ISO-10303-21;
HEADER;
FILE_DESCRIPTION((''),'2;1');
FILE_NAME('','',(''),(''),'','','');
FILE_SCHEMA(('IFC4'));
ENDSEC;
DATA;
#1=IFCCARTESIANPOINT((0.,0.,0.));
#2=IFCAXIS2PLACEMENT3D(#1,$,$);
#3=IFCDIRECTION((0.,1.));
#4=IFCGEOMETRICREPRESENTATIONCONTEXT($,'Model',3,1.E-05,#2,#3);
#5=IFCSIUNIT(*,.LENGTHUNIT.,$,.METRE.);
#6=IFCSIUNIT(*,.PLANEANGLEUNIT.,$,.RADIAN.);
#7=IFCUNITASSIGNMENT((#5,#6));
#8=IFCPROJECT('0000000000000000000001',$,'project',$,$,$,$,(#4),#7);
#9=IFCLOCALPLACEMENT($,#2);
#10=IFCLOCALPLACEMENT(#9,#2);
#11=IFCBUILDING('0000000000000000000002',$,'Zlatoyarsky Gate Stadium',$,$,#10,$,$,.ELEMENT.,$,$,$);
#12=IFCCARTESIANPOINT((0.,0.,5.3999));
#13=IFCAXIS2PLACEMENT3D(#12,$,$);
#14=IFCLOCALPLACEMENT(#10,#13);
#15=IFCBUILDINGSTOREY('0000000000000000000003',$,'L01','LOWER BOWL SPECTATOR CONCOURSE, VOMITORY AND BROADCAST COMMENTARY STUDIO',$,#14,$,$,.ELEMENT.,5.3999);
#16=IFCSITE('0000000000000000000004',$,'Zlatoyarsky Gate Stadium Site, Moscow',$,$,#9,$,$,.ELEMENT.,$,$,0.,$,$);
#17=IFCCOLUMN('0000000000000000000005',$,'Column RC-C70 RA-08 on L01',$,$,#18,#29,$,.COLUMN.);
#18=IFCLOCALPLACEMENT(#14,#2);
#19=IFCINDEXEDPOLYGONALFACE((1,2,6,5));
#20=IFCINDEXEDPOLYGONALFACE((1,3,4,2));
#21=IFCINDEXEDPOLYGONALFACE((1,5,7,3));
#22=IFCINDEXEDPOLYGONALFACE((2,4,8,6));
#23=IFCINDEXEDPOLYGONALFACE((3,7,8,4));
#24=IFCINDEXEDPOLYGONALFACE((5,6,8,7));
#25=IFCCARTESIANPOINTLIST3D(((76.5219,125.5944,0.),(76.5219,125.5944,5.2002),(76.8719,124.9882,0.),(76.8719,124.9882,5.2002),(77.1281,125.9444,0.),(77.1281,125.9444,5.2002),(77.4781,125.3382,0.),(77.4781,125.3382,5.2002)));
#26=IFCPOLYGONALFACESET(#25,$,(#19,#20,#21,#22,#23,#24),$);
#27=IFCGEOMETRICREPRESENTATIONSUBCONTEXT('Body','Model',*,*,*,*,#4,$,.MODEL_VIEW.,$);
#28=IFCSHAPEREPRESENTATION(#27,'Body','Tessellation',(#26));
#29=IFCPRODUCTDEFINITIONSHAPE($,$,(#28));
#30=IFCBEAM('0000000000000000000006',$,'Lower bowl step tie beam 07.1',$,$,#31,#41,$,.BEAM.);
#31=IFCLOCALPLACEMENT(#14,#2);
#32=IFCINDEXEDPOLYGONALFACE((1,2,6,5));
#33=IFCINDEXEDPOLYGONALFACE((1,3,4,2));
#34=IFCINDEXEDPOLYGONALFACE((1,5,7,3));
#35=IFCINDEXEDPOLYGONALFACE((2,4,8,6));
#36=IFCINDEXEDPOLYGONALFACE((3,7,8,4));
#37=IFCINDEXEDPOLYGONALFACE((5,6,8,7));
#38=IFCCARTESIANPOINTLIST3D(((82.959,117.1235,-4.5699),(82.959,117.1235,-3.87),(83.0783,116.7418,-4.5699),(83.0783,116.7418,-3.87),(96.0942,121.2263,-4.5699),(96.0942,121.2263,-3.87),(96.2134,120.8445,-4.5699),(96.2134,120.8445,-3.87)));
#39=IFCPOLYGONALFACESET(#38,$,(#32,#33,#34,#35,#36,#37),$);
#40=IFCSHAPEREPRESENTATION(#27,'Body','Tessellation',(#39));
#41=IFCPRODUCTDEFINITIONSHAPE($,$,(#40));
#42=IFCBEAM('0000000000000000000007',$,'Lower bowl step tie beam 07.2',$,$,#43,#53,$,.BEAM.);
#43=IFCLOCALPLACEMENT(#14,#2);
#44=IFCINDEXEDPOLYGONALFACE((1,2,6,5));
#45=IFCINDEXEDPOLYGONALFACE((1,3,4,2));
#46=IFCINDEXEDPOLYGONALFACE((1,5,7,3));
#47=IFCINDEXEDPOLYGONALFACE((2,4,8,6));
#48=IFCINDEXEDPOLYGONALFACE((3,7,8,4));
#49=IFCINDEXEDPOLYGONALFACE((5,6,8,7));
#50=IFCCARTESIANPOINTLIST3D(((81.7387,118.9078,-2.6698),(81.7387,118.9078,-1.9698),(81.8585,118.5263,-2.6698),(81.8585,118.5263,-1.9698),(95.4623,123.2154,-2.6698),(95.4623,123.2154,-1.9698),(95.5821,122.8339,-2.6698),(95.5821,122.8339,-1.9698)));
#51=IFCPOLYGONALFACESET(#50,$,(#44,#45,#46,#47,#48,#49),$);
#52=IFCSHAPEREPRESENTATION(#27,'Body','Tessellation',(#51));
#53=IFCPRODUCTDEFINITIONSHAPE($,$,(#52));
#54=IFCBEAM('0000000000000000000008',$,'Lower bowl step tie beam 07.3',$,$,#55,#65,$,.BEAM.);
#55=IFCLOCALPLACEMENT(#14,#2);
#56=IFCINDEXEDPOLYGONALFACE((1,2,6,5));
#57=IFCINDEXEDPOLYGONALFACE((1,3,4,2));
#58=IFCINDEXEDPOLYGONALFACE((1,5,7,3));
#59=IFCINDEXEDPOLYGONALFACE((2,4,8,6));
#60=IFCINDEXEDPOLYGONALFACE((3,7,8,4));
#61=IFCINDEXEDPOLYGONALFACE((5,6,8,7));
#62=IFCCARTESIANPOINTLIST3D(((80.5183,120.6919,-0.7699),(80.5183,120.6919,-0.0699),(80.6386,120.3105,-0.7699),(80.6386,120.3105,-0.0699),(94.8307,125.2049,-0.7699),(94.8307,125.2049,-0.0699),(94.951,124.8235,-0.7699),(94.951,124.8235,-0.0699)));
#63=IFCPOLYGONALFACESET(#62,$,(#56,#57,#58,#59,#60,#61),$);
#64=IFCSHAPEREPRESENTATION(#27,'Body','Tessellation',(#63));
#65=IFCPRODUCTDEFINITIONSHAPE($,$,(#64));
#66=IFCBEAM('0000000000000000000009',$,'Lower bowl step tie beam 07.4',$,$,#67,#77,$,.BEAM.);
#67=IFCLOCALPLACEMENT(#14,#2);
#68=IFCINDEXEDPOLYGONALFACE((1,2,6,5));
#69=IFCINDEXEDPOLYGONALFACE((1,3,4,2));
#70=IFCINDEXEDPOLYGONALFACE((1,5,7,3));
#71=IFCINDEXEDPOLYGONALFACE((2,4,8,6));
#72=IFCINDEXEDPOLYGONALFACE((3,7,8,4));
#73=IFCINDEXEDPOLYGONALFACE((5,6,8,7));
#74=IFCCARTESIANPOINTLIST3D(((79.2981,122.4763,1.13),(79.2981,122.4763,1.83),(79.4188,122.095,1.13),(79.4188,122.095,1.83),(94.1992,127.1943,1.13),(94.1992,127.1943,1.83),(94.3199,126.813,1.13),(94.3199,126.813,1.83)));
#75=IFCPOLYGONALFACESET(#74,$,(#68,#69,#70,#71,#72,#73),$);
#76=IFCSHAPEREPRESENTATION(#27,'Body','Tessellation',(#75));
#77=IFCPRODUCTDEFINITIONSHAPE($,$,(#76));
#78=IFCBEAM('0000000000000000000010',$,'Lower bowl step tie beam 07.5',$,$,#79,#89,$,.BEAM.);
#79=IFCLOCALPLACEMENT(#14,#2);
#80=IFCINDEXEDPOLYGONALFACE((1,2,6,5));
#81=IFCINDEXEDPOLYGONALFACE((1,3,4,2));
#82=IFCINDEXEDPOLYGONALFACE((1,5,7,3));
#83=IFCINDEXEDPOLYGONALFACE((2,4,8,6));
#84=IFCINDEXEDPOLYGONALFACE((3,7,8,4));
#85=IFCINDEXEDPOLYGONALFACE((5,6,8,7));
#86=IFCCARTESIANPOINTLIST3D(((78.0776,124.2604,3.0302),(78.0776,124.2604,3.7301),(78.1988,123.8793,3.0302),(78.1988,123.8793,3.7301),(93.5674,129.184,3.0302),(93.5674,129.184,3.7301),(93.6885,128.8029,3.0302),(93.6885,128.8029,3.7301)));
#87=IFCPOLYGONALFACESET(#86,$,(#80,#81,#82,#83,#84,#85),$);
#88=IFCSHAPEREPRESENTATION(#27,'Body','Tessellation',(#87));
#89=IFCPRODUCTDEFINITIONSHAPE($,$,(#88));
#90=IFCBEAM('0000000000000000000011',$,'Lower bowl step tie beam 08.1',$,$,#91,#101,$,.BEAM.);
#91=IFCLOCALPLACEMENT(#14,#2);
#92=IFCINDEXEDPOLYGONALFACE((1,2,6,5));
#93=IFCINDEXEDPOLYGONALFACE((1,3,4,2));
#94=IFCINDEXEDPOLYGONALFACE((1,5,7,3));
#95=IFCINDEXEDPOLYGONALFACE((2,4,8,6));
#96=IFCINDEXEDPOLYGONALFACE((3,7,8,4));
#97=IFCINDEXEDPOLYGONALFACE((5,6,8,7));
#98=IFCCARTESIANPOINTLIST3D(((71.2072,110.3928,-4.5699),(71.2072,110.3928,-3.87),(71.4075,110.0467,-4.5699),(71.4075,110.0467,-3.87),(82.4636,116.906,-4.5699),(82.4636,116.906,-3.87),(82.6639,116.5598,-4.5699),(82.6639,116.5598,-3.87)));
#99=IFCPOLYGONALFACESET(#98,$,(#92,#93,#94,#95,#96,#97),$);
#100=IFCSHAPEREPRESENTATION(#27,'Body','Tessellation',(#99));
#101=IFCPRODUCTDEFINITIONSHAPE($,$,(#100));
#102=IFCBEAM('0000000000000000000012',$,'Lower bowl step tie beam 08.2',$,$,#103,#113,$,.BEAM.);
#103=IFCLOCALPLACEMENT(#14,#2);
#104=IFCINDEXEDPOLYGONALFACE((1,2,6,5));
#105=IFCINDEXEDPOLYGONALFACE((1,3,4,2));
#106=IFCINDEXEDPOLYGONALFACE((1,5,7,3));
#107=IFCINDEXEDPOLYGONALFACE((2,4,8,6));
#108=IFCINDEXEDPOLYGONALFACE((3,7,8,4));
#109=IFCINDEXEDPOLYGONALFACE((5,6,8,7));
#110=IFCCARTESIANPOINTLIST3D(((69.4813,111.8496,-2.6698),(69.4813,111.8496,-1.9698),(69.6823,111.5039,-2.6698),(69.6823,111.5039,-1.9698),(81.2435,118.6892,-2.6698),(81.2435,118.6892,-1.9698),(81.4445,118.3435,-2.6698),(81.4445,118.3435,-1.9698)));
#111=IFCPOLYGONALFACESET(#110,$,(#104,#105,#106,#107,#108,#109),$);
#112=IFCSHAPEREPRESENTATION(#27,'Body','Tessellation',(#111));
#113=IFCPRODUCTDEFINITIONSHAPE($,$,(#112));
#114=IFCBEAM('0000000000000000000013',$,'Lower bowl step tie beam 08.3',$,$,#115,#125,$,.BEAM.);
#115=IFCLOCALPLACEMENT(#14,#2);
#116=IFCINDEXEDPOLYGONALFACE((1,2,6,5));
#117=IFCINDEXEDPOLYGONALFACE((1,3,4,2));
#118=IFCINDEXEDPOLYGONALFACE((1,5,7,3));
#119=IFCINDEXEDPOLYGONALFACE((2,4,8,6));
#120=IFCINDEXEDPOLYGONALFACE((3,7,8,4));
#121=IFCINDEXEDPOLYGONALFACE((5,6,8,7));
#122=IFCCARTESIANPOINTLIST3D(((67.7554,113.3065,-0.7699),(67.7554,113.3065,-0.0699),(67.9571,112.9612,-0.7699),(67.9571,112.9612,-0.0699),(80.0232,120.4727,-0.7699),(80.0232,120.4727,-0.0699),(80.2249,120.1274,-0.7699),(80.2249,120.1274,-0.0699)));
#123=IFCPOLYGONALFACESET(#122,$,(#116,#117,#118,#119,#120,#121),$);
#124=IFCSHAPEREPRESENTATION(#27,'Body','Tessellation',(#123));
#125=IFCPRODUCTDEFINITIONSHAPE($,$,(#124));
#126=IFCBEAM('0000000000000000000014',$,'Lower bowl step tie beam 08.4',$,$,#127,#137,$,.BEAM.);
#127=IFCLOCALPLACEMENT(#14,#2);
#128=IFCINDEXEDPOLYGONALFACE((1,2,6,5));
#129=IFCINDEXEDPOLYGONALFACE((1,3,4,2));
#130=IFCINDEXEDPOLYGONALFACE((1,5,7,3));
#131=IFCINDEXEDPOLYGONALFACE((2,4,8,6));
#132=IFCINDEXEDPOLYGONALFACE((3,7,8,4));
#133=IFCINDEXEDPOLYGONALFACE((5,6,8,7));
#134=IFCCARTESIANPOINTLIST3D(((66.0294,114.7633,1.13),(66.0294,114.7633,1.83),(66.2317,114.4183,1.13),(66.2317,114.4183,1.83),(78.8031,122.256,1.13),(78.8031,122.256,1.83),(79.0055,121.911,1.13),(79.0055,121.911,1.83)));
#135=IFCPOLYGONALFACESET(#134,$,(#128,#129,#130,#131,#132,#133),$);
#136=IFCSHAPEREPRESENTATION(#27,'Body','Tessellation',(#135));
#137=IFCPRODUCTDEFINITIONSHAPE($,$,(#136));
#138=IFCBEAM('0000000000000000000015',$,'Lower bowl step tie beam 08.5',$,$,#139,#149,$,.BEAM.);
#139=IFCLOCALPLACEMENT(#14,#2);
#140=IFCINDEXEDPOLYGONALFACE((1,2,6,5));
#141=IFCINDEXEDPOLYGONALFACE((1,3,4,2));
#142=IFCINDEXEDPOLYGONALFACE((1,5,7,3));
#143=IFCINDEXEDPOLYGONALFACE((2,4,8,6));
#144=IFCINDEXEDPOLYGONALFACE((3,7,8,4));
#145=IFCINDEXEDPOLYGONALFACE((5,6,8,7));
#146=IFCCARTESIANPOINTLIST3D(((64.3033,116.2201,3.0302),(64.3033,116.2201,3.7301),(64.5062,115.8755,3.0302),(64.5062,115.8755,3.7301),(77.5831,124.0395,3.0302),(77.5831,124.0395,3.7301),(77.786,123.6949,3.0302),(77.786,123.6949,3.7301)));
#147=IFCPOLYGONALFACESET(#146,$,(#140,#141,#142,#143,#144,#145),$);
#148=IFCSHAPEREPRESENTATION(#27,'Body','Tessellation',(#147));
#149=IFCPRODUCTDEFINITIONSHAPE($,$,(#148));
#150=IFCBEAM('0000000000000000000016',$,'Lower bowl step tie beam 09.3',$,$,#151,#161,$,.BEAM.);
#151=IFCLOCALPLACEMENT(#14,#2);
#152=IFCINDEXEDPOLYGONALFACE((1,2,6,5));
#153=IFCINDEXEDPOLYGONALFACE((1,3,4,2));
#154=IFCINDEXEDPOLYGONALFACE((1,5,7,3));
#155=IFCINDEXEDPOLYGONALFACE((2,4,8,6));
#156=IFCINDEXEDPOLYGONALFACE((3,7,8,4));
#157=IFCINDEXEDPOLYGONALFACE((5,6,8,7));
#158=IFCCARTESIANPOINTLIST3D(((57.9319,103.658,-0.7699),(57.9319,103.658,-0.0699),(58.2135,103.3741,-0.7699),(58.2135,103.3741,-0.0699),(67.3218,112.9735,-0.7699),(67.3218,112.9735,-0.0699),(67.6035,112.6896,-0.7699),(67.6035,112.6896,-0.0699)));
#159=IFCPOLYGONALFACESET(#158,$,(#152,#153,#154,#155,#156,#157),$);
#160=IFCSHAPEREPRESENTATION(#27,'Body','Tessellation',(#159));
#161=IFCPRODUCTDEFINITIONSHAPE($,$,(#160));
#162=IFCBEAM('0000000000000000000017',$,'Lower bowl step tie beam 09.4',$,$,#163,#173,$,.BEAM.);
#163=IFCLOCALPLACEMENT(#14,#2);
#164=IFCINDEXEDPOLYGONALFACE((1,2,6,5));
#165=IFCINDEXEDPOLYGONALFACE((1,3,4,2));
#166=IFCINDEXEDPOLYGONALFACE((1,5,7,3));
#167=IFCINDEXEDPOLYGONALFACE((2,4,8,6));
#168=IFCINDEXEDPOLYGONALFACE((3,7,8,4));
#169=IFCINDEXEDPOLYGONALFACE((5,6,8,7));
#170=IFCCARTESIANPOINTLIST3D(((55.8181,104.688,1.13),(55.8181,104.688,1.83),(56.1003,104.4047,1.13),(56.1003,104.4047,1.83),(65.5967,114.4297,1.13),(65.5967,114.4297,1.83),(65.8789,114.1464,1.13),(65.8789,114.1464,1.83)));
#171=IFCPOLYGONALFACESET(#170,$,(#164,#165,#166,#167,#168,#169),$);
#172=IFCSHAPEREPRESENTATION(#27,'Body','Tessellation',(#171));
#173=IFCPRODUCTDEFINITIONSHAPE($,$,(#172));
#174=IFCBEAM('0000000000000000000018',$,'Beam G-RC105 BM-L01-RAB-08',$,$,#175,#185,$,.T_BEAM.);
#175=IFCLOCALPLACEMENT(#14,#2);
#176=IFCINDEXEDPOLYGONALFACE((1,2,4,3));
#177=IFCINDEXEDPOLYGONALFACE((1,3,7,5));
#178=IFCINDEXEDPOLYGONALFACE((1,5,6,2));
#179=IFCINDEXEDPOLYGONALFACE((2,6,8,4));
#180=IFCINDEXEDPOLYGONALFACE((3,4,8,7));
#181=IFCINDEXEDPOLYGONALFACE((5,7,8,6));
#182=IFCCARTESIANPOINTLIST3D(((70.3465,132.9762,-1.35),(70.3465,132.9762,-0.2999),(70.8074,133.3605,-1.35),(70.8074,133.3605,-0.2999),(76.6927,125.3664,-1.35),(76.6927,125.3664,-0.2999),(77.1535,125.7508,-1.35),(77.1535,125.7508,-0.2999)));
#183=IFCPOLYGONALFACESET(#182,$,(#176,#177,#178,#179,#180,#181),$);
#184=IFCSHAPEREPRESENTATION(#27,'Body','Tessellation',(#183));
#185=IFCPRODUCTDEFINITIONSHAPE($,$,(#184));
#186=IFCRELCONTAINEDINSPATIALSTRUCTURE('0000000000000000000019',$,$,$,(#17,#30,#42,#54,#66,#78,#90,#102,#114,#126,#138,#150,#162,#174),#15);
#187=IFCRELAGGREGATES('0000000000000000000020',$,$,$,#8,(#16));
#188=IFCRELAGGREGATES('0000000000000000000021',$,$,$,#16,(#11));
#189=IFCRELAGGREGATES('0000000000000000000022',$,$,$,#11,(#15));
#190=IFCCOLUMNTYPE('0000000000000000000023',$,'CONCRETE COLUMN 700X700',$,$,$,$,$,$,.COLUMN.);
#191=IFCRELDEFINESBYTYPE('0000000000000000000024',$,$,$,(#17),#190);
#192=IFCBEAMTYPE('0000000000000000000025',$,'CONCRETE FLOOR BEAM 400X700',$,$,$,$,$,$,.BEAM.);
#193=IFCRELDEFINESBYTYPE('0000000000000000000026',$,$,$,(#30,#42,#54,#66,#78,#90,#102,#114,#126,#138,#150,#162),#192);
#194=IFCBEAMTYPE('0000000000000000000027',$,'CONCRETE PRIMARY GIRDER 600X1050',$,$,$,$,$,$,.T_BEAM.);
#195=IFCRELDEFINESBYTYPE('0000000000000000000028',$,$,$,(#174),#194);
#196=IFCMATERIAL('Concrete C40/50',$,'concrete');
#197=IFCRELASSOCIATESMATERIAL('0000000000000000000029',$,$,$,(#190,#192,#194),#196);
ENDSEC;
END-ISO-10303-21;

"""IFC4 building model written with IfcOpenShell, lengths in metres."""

from ifc_helpers import new_model, si_unit, direction, frame, origin, origin_2d, place, context, subcontext, project, spatial, rectangle, extrude, material, material_profile, profile_set, type_object, element, save


model = new_model("IFC4")

# Units and contexts
model_context = context("Model", 3, precision=1e-05, world=origin(), true_north=direction((0.0, 1.0)))
body_context = subcontext(model_context, "Body", "Model", "MODEL_VIEW")
ifc_project = project(units=[si_unit("LENGTHUNIT", "METRE"), si_unit("PLANEANGLEUNIT", "RADIAN")], contexts=[model_context])

# Site, building, storey
site_placement = place(None, origin())
site = spatial("IfcSite", under=ifc_project, at=site_placement, Name="Zlatoyarsky Gate Stadium Site, Moscow", CompositionType="ELEMENT", RefElevation=0.0)
building_placement = place(site_placement, origin())
building = spatial("IfcBuilding", under=site, at=building_placement, Name="Zlatoyarsky Gate Stadium", CompositionType="ELEMENT")
storey_placement = place(building_placement, frame((0.0, 0.0, 5.3999)))
storey = spatial("IfcBuildingStorey", under=building, at=storey_placement, Name="L01", Description="LOWER BOWL SPECTATOR CONCOURSE, VOMITORY AND BROADCAST COMMENTARY STUDIO", CompositionType="ELEMENT", Elevation=5.3999)

# Column
ifc_material_1 = material(Name="Concrete C40/50", Category="concrete")
ifc_material_profile_1 = material_profile(ifc_material_1, rectangle(XDim=0.7, YDim=0.7, at=origin_2d()), Name="RC COL 700X700")
ifc_profile_set_1 = profile_set([ifc_material_profile_1], Name="Concrete C40/50")
column_type = type_object("IfcColumnType", Name="CONCRETE COLUMN 700X700", PredefinedType="COLUMN", material=ifc_profile_set_1)
column_placement = place(storey_placement, frame((77.0, 125.4663, 0.0), z_axis=(0.0, 0.0, 1.0), x_axis=(-0.5, 0.866025, 0.0)))
element("IfcColumn", 1, at=column_placement, inside=storey, type_object=column_type, Name="Column RC-C70 RA-08 on L01", PredefinedType="COLUMN", context=body_context, shape_type="SweptSolid", body=[
    extrude(rectangle(XDim=0.7, YDim=0.7, at=origin_2d()), origin(), (0.0, 0.0, 1.0), 5.2002),
])

# Beams
ifc_material_profile_2 = material_profile(ifc_material_1, rectangle(XDim=0.3999, YDim=0.7, at=origin_2d()), Name="RC BEAM 400X700")
ifc_profile_set_2 = profile_set([ifc_material_profile_2], Name="Concrete C40/50")
beam_type_1 = type_object("IfcBeamType", Name="CONCRETE FLOOR BEAM 400X700", PredefinedType="BEAM", material=ifc_profile_set_2)
beam_1_placement = place(storey_placement, frame((96.1538, 121.0354, -4.22), z_axis=(-0.954521, -0.298144, 0.0), x_axis=(0.298144, -0.954521, 0.0)))
element("IfcBeam", 2, at=beam_1_placement, inside=storey, type_object=beam_type_1, Name="Lower bowl step tie beam 07.1", PredefinedType="BEAM", context=body_context, shape_type="SweptSolid", body=[
    extrude(rectangle(XDim=0.3999, YDim=0.7, at=origin_2d()), origin(), (0.0, 0.0, 1.0), 13.761),
])
beam_2_placement = place(storey_placement, frame((95.5222, 123.0247, -2.3198), z_axis=(-0.954104, -0.299477, 0.0), x_axis=(0.299477, -0.954104, 0.0)))
element("IfcBeam", 3, at=beam_2_placement, inside=storey, type_object=beam_type_1, Name="Lower bowl step tie beam 07.2", PredefinedType="BEAM", context=body_context, shape_type="SweptSolid", body=[
    extrude(rectangle(XDim=0.3999, YDim=0.7, at=origin_2d()), origin(), (0.0, 0.0, 1.0), 14.3838),
])
beam_3_placement = place(storey_placement, frame((94.8909, 125.0142, -0.4199), z_axis=(-0.953713, -0.300719, 0.0), x_axis=(0.300719, -0.953713, 0.0)))
element("IfcBeam", 4, at=beam_3_placement, inside=storey, type_object=beam_type_1, Name="Lower bowl step tie beam 07.3", PredefinedType="BEAM", context=body_context, shape_type="SweptSolid", body=[
    extrude(rectangle(XDim=0.3999, YDim=0.7, at=origin_2d()), origin(), (0.0, 0.0, 1.0), 15.0071),
])
beam_4_placement = place(storey_placement, frame((94.2595, 127.0037, 1.48), z_axis=(-0.953355, -0.301853, 0.0), x_axis=(0.301853, -0.953355, 0.0)))
element("IfcBeam", 5, at=beam_4_placement, inside=storey, type_object=beam_type_1, Name="Lower bowl step tie beam 07.4", PredefinedType="BEAM", context=body_context, shape_type="SweptSolid", body=[
    extrude(rectangle(XDim=0.3999, YDim=0.7, at=origin_2d()), origin(), (0.0, 0.0, 1.0), 15.6301),
])
beam_5_placement = place(storey_placement, frame((93.6279, 128.9934, 3.3801), z_axis=(-0.953014, -0.302926, 0.0), x_axis=(0.302926, -0.953014, 0.0)))
element("IfcBeam", 6, at=beam_5_placement, inside=storey, type_object=beam_type_1, Name="Lower bowl step tie beam 07.5", PredefinedType="BEAM", context=body_context, shape_type="SweptSolid", body=[
    extrude(rectangle(XDim=0.3999, YDim=0.7, at=origin_2d()), origin(), (0.0, 0.0, 1.0), 16.2534),
])
beam_6_placement = place(storey_placement, frame((82.5637, 116.7329, -4.22), z_axis=(-0.865548, -0.500826, 0.0), x_axis=(0.500826, -0.865548, 0.0)))
element("IfcBeam", 7, at=beam_6_placement, inside=storey, type_object=beam_type_1, Name="Lower bowl step tie beam 08.1", PredefinedType="BEAM", context=body_context, shape_type="SweptSolid", body=[
    extrude(rectangle(XDim=0.3999, YDim=0.7, at=origin_2d()), origin(), (0.0, 0.0, 1.0), 13.0049),
])
beam_7_placement = place(storey_placement, frame((81.344, 118.5164, -2.3198), z_axis=(-0.864472, -0.502681, 0.0), x_axis=(0.502681, -0.864472, 0.0)))
element("IfcBeam", 8, at=beam_7_placement, inside=storey, type_object=beam_type_1, Name="Lower bowl step tie beam 08.2", PredefinedType="BEAM", context=body_context, shape_type="SweptSolid", body=[
    extrude(rectangle(XDim=0.3999, YDim=0.7, at=origin_2d()), origin(), (0.0, 0.0, 1.0), 13.6062),
])
beam_8_placement = place(storey_placement, frame((80.124, 120.3, -0.4199), z_axis=(-0.863471, -0.504398, 0.0), x_axis=(0.504398, -0.863471, 0.0)))
element("IfcBeam", 9, at=beam_8_placement, inside=storey, type_object=beam_type_1, Name="Lower bowl step tie beam 08.3", PredefinedType="BEAM", context=body_context, shape_type="SweptSolid", body=[
    extrude(rectangle(XDim=0.3999, YDim=0.7, at=origin_2d()), origin(), (0.0, 0.0, 1.0), 14.2075),
])
beam_9_placement = place(storey_placement, frame((78.9043, 122.0835, 1.48), z_axis=(-0.862561, -0.505953, 0.0), x_axis=(0.505953, -0.862561, 0.0)))
element("IfcBeam", 10, at=beam_9_placement, inside=storey, type_object=beam_type_1, Name="Lower bowl step tie beam 08.4", PredefinedType="BEAM", context=body_context, shape_type="SweptSolid", body=[
    extrude(rectangle(XDim=0.3999, YDim=0.7, at=origin_2d()), origin(), (0.0, 0.0, 1.0), 14.8091),
])
beam_10_placement = place(storey_placement, frame((77.6846, 123.8672, 3.3801), z_axis=(-0.861716, -0.507391, 0.0), x_axis=(0.507391, -0.861716, 0.0)))
element("IfcBeam", 11, at=beam_10_placement, inside=storey, type_object=beam_type_1, Name="Lower bowl step tie beam 08.5", PredefinedType="BEAM", context=body_context, shape_type="SweptSolid", body=[
    extrude(rectangle(XDim=0.3999, YDim=0.7, at=origin_2d()), origin(), (0.0, 0.0, 1.0), 15.4109),
])
beam_11_placement = place(storey_placement, frame((67.4626, 112.8315, -0.4199), z_axis=(-0.709916, -0.704286, 0.0), x_axis=(0.704286, -0.709916, 0.0)))
element("IfcBeam", 12, at=beam_11_placement, inside=storey, type_object=beam_type_1, Name="Lower bowl step tie beam 09.3", PredefinedType="BEAM", context=body_context, shape_type="SweptSolid", body=[
    extrude(rectangle(XDim=0.3999, YDim=0.7, at=origin_2d()), origin(), (0.0, 0.0, 1.0), 13.2268),
])
beam_12_placement = place(storey_placement, frame((65.7378, 114.2881, 1.48), z_axis=(-0.708441, -0.70577, 0.0), x_axis=(0.70577, -0.708441, 0.0)))
element("IfcBeam", 13, at=beam_12_placement, inside=storey, type_object=beam_type_1, Name="Lower bowl step tie beam 09.4", PredefinedType="BEAM", context=body_context, shape_type="SweptSolid", body=[
    extrude(rectangle(XDim=0.3999, YDim=0.7, at=origin_2d()), origin(), (0.0, 0.0, 1.0), 13.803),
])
ifc_material_profile_3 = material_profile(ifc_material_1, rectangle(XDim=0.6001, YDim=1.05, at=origin_2d()), Name="RC GIRDER 600X1050")
ifc_profile_set_3 = profile_set([ifc_material_profile_3], Name="Concrete C40/50")
beam_type_2 = type_object("IfcBeamType", Name="CONCRETE PRIMARY GIRDER 600X1050", PredefinedType="T_BEAM", material=ifc_profile_set_3)
beam_13_placement = place(storey_placement, frame((76.9231, 125.5586, -0.825), z_axis=(-0.640461, 0.767991, 0.0), x_axis=(-0.767991, -0.640461, 0.0)))
element("IfcBeam", 14, at=beam_13_placement, inside=storey, type_object=beam_type_2, Name="Beam G-RC105 BM-L01-RAB-08", PredefinedType="T_BEAM", context=body_context, shape_type="SweptSolid", body=[
    extrude(rectangle(XDim=0.6001, YDim=1.05, at=origin_2d()), origin(), (0.0, 0.0, 1.0), 9.9087),
])

save(model, "model.ifc")
